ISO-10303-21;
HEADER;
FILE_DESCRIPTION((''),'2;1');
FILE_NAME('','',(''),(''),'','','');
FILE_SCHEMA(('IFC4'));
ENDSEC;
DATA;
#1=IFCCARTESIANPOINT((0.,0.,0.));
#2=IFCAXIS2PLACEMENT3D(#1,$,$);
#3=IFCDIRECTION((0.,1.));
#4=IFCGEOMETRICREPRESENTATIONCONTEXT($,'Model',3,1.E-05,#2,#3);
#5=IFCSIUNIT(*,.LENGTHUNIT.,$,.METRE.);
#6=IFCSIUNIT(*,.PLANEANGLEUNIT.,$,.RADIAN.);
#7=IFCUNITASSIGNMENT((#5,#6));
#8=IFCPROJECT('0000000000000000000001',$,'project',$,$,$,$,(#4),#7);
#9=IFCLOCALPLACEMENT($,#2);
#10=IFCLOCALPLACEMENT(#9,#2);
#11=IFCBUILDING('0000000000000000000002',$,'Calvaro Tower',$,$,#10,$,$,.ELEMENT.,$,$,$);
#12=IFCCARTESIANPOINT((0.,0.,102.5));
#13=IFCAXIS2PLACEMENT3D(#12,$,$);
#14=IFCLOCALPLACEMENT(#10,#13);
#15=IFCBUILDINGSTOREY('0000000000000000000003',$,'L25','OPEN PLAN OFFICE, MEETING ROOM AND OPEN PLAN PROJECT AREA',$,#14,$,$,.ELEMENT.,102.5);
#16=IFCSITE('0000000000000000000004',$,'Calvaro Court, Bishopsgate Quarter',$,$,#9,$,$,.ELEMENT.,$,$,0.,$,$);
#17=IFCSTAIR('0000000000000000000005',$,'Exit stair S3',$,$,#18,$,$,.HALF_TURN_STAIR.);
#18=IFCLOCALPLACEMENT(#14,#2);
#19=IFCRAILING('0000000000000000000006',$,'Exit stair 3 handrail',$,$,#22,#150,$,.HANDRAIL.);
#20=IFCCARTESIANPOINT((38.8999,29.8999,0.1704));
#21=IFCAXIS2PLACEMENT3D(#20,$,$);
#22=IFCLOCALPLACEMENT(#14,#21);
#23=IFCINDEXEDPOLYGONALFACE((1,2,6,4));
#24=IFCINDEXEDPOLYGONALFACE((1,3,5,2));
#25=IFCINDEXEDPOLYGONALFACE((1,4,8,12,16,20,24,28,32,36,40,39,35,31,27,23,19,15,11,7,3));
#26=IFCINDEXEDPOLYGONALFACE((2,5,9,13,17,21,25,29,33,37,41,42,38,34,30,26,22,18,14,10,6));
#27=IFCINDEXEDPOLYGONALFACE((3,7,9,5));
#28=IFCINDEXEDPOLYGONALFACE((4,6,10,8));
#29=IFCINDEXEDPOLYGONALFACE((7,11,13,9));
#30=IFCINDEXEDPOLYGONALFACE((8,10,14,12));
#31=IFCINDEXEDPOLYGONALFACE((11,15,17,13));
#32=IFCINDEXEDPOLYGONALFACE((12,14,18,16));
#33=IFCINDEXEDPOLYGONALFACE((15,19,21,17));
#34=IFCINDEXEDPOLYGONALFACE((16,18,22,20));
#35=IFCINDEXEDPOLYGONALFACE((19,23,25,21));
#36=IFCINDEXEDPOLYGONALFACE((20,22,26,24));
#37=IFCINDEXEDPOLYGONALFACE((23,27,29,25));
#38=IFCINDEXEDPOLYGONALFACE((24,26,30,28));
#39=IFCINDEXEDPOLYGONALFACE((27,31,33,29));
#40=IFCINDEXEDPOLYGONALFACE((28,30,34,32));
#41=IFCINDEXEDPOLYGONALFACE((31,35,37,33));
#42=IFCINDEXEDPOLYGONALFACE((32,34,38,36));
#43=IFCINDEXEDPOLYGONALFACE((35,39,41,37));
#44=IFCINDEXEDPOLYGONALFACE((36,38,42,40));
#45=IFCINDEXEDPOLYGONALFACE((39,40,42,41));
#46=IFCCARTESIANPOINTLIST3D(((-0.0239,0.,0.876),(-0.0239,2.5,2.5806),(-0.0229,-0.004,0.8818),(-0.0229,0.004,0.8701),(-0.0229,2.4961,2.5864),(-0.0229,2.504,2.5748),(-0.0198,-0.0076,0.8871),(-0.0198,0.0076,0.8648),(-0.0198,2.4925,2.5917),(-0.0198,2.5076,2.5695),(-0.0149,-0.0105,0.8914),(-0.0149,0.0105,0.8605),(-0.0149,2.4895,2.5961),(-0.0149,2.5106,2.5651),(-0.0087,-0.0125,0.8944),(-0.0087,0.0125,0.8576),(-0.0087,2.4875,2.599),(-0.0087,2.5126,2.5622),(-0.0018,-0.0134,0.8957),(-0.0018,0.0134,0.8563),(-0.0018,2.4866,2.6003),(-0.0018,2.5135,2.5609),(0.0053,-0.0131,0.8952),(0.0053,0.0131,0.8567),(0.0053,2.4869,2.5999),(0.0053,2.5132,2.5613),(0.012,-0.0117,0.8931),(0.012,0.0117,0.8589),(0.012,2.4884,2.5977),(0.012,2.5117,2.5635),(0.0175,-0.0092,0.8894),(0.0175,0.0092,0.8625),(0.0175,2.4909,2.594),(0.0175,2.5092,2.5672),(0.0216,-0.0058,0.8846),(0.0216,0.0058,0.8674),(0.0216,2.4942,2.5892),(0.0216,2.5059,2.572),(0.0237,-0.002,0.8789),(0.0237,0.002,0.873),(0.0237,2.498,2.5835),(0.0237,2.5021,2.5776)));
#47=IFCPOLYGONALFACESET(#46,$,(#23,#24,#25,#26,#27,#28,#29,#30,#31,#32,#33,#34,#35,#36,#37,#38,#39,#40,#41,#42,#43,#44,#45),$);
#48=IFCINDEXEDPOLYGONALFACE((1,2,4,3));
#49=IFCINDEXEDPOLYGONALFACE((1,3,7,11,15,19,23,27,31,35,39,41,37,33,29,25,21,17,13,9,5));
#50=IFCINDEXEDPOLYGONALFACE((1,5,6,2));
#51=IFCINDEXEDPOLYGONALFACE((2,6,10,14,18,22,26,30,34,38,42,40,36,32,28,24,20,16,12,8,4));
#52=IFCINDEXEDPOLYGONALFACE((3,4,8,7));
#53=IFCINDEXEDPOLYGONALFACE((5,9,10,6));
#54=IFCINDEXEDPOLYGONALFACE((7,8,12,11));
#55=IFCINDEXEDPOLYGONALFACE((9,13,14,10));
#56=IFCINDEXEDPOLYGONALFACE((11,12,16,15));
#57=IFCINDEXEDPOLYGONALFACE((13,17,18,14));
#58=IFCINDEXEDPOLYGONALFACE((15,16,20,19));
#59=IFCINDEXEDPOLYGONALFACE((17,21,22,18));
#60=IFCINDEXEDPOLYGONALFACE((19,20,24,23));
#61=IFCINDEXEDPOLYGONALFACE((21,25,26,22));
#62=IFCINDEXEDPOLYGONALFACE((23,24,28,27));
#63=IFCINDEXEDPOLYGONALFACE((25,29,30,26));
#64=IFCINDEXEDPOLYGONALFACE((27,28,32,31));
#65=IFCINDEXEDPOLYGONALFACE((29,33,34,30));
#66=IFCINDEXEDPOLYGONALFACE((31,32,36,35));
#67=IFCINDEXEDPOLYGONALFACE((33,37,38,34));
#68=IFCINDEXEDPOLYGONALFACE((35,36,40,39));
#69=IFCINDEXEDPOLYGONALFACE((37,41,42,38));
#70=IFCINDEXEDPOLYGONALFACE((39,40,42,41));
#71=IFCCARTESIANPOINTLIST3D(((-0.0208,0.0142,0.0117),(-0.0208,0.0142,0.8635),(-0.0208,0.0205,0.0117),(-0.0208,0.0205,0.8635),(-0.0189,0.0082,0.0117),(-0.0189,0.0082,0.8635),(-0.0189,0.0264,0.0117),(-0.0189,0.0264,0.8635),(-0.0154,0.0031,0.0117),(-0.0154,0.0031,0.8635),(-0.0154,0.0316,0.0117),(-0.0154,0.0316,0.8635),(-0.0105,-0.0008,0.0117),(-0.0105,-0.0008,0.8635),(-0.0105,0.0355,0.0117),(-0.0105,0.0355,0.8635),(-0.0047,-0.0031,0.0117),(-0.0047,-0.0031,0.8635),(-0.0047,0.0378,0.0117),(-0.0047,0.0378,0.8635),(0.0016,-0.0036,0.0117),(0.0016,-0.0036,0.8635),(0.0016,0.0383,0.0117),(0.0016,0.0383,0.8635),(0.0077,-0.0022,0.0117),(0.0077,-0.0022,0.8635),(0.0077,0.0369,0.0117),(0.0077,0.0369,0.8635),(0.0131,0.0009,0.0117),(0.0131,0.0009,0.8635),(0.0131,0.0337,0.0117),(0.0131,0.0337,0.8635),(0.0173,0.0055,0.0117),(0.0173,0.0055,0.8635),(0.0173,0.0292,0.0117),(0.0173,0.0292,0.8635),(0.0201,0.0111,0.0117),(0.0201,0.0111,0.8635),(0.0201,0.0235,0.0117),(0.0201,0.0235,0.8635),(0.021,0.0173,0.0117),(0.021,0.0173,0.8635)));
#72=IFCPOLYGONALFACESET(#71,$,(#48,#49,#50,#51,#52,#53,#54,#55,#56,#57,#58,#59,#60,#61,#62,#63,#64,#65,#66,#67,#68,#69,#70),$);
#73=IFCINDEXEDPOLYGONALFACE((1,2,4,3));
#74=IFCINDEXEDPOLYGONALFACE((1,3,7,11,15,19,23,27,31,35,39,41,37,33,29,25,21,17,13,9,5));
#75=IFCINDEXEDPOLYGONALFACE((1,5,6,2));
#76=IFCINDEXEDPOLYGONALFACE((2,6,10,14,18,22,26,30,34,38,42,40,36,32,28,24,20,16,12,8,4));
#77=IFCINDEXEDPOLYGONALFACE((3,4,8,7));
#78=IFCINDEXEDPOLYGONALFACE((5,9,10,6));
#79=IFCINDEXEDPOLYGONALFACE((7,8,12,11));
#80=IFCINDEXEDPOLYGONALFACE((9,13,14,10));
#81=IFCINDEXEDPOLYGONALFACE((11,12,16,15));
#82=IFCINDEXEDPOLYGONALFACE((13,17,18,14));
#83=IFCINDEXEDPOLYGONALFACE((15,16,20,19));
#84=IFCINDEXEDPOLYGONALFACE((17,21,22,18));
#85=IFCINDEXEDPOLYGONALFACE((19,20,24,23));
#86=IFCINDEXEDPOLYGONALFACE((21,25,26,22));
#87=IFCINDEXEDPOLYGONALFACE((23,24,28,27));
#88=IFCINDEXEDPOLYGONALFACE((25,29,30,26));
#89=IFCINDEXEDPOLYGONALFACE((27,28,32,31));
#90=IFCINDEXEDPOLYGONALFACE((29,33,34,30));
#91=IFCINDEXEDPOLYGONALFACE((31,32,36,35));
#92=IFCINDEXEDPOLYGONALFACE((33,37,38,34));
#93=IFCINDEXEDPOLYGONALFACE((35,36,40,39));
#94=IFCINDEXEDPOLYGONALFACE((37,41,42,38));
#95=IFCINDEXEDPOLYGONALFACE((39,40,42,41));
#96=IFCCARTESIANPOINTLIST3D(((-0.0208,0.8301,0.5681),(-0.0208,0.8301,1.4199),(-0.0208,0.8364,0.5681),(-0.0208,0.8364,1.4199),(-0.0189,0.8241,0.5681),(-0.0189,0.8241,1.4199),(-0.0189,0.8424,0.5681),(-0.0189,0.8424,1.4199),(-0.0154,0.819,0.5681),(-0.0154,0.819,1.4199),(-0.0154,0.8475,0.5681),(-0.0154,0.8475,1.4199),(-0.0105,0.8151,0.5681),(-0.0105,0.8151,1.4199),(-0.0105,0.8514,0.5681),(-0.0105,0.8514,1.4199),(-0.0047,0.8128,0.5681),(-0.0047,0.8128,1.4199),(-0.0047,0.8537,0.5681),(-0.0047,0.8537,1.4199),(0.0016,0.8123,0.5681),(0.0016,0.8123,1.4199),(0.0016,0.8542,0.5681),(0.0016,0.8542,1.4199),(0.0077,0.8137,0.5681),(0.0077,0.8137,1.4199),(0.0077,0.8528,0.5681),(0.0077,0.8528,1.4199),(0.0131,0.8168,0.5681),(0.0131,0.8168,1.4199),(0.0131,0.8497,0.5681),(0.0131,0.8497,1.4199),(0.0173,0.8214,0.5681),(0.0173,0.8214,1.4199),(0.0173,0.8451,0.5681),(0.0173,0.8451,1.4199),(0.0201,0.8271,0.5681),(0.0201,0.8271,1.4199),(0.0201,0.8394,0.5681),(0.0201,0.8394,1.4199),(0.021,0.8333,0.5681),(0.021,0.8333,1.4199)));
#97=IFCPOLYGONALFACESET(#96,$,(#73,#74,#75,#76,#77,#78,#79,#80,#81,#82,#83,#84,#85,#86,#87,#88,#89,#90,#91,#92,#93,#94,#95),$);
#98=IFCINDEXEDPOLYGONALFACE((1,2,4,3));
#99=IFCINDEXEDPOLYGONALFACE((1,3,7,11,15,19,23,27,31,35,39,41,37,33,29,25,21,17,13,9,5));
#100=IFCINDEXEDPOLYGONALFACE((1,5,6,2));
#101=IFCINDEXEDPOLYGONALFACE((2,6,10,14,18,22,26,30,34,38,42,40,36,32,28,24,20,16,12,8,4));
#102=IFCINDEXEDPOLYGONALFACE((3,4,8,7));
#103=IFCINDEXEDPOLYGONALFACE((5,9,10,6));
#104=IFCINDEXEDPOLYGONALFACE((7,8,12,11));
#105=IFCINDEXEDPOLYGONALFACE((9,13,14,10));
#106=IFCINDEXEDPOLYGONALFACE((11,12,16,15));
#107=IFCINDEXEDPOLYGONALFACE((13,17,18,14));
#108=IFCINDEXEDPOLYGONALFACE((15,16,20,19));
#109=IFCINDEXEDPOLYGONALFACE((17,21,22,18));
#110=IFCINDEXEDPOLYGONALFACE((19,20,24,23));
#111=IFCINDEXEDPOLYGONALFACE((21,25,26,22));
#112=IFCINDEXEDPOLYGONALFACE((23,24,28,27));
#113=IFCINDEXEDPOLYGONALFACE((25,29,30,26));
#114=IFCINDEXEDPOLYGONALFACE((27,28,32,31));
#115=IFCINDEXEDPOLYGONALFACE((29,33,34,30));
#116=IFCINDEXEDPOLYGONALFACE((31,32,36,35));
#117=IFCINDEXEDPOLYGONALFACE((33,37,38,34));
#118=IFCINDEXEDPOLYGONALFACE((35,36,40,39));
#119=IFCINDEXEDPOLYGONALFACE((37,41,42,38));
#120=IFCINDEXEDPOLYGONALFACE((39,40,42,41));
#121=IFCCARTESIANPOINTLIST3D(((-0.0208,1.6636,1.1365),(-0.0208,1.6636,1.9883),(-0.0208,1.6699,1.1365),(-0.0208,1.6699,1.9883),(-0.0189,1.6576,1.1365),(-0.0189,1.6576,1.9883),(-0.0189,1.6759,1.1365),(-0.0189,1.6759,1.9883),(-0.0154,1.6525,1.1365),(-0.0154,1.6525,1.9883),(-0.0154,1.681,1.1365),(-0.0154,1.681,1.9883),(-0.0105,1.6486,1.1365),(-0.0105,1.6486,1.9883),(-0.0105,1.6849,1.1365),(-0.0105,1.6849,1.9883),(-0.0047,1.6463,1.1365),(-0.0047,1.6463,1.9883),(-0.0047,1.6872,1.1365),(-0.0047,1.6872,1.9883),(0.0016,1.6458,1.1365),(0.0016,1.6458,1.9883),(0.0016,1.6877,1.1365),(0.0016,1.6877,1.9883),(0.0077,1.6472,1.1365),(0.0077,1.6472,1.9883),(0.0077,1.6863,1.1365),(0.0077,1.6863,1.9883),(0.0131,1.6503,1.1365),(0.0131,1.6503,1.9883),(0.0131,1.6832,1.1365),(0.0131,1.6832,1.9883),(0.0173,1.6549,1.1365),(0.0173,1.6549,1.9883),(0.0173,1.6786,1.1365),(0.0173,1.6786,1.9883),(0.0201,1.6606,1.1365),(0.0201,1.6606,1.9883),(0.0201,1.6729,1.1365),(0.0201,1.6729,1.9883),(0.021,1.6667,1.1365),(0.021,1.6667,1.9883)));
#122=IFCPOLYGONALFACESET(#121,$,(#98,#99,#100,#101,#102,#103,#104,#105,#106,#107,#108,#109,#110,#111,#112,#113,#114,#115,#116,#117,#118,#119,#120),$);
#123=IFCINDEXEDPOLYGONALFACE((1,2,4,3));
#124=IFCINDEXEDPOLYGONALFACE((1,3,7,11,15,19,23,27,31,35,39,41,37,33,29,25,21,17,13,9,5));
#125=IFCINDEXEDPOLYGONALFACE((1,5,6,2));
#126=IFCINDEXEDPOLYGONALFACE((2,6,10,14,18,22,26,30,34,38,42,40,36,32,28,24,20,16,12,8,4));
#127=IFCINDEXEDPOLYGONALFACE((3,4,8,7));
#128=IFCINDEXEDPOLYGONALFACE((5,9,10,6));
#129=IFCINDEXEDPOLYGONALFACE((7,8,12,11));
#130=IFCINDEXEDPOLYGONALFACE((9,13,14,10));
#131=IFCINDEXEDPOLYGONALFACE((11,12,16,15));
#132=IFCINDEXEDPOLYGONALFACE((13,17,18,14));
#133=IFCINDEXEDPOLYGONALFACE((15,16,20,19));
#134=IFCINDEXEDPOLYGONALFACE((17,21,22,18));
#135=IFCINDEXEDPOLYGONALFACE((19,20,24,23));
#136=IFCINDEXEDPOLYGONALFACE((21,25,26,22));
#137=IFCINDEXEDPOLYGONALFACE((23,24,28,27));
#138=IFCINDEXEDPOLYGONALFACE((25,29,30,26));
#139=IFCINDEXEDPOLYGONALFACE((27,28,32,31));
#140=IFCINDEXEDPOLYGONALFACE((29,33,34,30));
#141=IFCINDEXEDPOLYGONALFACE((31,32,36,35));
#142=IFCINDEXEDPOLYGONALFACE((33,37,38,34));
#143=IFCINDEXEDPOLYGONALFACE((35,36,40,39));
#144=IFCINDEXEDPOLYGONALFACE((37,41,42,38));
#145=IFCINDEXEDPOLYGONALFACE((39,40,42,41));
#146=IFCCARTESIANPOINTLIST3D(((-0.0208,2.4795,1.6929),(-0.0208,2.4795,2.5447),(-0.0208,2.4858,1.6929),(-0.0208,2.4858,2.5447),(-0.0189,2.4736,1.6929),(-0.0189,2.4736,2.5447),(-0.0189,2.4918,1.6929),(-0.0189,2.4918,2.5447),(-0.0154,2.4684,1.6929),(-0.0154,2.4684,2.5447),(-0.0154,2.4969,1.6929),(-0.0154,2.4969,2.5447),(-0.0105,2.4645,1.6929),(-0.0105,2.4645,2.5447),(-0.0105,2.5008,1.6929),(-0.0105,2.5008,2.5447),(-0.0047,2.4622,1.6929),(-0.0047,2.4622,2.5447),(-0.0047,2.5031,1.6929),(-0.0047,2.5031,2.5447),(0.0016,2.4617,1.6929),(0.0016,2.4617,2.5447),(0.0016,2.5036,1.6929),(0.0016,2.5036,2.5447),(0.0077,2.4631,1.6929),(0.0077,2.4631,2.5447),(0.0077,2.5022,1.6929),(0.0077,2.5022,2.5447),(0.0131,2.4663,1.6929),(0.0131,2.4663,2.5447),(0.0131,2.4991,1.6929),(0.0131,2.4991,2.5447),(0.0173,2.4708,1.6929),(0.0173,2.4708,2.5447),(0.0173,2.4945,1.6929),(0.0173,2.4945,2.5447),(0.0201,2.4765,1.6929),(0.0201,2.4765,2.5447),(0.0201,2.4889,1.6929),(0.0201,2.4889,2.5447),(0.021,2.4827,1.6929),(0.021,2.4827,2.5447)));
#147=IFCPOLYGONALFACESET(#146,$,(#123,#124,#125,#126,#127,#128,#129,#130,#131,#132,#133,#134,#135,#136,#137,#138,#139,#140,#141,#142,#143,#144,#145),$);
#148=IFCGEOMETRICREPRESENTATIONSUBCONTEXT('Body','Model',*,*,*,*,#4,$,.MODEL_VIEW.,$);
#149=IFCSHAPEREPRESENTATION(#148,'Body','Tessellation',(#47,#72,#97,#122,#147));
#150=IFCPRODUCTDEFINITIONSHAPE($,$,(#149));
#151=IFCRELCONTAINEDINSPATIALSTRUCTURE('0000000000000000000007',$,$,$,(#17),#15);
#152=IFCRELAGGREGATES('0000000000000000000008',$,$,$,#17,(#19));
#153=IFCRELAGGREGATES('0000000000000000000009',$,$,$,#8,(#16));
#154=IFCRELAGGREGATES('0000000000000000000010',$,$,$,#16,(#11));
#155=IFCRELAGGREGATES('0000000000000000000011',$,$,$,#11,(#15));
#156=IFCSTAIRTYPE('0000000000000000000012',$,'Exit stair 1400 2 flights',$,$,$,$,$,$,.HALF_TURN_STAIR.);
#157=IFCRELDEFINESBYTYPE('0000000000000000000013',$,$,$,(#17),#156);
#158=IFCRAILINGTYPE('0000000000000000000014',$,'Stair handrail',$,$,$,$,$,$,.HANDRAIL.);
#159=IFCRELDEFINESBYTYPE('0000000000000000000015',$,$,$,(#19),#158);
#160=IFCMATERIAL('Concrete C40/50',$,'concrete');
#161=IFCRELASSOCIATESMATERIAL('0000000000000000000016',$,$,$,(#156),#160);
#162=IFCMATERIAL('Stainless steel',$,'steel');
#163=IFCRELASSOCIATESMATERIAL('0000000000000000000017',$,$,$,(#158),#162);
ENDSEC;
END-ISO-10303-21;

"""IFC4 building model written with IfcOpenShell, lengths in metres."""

from ifc_helpers import new_model, si_unit, direction, frame, origin, origin_2d, place, context, subcontext, project, spatial, circle, extrude, material, type_object, element, aggregate, save


model = new_model("IFC4")

# Units and contexts
model_context = context("Model", 3, precision=1e-05, world=origin(), true_north=direction((0.0, 1.0)))
body_context = subcontext(model_context, "Body", "Model", "MODEL_VIEW")
ifc_project = project(units=[si_unit("LENGTHUNIT", "METRE"), si_unit("PLANEANGLEUNIT", "RADIAN")], contexts=[model_context])

# Site, building, storey
site_placement = place(None, origin())
site = spatial("IfcSite", under=ifc_project, at=site_placement, Name="Calvaro Court, Bishopsgate Quarter", CompositionType="ELEMENT", RefElevation=0.0)
building_placement = place(site_placement, origin())
building = spatial("IfcBuilding", under=site, at=building_placement, Name="Calvaro Tower", CompositionType="ELEMENT")
storey_placement = place(building_placement, frame((0.0, 0.0, 102.5)))
storey = spatial("IfcBuildingStorey", under=building, at=storey_placement, Name="L25", Description="OPEN PLAN OFFICE, MEETING ROOM AND OPEN PLAN PROJECT AREA", CompositionType="ELEMENT", Elevation=102.5)

# Stair
ifc_material_1 = material(Name="Concrete C40/50", Category="concrete")
stair_type = type_object("IfcStairType", Name="Exit stair 1400 2 flights", PredefinedType="HALF_TURN_STAIR", material=ifc_material_1)
stair_1_placement = place(storey_placement, origin())
stair_1 = element("IfcStair", 1, at=stair_1_placement, inside=storey, type_object=stair_type, Name="Exit stair S3", PredefinedType="HALF_TURN_STAIR")

# Railing
ifc_material_2 = material(Name="Stainless steel", Category="steel")
railing_type = type_object("IfcRailingType", Name="Stair handrail", PredefinedType="HANDRAIL", material=ifc_material_2)
railing_1_placement = place(storey_placement, frame((38.8999, 29.8999, 0.1704)))
railing_1 = element("IfcRailing", 2, at=railing_1_placement, type_object=railing_type, Name="Exit stair 3 handrail", PredefinedType="HANDRAIL", context=body_context, shape_type="SweptSolid", body=[
    extrude(circle(Radius=0.0239, at=origin_2d()), frame((0.0, 0.0, 0.876), z_axis=(0.0, 0.826221, 0.563347), x_axis=(-1.0, 0.0, 0.0)), (0.0, 0.0, 1.0), 3.0259),
    extrude(circle(Radius=0.021, at=origin_2d()), frame((0.0, 0.0173, 0.0117)), (0.0, 0.0, 1.0), 0.8518),
    extrude(circle(Radius=0.021, at=origin_2d()), frame((0.0, 0.8333, 0.5681)), (0.0, 0.0, 1.0), 0.8518),
    extrude(circle(Radius=0.021, at=origin_2d()), frame((0.0, 1.6667, 1.1365)), (0.0, 0.0, 1.0), 0.8518),
    extrude(circle(Radius=0.021, at=origin_2d()), frame((0.0, 2.4827, 1.6929)), (0.0, 0.0, 1.0), 0.8518),
])
aggregate(stair_1, [railing_1])

save(model, "model.ifc")
